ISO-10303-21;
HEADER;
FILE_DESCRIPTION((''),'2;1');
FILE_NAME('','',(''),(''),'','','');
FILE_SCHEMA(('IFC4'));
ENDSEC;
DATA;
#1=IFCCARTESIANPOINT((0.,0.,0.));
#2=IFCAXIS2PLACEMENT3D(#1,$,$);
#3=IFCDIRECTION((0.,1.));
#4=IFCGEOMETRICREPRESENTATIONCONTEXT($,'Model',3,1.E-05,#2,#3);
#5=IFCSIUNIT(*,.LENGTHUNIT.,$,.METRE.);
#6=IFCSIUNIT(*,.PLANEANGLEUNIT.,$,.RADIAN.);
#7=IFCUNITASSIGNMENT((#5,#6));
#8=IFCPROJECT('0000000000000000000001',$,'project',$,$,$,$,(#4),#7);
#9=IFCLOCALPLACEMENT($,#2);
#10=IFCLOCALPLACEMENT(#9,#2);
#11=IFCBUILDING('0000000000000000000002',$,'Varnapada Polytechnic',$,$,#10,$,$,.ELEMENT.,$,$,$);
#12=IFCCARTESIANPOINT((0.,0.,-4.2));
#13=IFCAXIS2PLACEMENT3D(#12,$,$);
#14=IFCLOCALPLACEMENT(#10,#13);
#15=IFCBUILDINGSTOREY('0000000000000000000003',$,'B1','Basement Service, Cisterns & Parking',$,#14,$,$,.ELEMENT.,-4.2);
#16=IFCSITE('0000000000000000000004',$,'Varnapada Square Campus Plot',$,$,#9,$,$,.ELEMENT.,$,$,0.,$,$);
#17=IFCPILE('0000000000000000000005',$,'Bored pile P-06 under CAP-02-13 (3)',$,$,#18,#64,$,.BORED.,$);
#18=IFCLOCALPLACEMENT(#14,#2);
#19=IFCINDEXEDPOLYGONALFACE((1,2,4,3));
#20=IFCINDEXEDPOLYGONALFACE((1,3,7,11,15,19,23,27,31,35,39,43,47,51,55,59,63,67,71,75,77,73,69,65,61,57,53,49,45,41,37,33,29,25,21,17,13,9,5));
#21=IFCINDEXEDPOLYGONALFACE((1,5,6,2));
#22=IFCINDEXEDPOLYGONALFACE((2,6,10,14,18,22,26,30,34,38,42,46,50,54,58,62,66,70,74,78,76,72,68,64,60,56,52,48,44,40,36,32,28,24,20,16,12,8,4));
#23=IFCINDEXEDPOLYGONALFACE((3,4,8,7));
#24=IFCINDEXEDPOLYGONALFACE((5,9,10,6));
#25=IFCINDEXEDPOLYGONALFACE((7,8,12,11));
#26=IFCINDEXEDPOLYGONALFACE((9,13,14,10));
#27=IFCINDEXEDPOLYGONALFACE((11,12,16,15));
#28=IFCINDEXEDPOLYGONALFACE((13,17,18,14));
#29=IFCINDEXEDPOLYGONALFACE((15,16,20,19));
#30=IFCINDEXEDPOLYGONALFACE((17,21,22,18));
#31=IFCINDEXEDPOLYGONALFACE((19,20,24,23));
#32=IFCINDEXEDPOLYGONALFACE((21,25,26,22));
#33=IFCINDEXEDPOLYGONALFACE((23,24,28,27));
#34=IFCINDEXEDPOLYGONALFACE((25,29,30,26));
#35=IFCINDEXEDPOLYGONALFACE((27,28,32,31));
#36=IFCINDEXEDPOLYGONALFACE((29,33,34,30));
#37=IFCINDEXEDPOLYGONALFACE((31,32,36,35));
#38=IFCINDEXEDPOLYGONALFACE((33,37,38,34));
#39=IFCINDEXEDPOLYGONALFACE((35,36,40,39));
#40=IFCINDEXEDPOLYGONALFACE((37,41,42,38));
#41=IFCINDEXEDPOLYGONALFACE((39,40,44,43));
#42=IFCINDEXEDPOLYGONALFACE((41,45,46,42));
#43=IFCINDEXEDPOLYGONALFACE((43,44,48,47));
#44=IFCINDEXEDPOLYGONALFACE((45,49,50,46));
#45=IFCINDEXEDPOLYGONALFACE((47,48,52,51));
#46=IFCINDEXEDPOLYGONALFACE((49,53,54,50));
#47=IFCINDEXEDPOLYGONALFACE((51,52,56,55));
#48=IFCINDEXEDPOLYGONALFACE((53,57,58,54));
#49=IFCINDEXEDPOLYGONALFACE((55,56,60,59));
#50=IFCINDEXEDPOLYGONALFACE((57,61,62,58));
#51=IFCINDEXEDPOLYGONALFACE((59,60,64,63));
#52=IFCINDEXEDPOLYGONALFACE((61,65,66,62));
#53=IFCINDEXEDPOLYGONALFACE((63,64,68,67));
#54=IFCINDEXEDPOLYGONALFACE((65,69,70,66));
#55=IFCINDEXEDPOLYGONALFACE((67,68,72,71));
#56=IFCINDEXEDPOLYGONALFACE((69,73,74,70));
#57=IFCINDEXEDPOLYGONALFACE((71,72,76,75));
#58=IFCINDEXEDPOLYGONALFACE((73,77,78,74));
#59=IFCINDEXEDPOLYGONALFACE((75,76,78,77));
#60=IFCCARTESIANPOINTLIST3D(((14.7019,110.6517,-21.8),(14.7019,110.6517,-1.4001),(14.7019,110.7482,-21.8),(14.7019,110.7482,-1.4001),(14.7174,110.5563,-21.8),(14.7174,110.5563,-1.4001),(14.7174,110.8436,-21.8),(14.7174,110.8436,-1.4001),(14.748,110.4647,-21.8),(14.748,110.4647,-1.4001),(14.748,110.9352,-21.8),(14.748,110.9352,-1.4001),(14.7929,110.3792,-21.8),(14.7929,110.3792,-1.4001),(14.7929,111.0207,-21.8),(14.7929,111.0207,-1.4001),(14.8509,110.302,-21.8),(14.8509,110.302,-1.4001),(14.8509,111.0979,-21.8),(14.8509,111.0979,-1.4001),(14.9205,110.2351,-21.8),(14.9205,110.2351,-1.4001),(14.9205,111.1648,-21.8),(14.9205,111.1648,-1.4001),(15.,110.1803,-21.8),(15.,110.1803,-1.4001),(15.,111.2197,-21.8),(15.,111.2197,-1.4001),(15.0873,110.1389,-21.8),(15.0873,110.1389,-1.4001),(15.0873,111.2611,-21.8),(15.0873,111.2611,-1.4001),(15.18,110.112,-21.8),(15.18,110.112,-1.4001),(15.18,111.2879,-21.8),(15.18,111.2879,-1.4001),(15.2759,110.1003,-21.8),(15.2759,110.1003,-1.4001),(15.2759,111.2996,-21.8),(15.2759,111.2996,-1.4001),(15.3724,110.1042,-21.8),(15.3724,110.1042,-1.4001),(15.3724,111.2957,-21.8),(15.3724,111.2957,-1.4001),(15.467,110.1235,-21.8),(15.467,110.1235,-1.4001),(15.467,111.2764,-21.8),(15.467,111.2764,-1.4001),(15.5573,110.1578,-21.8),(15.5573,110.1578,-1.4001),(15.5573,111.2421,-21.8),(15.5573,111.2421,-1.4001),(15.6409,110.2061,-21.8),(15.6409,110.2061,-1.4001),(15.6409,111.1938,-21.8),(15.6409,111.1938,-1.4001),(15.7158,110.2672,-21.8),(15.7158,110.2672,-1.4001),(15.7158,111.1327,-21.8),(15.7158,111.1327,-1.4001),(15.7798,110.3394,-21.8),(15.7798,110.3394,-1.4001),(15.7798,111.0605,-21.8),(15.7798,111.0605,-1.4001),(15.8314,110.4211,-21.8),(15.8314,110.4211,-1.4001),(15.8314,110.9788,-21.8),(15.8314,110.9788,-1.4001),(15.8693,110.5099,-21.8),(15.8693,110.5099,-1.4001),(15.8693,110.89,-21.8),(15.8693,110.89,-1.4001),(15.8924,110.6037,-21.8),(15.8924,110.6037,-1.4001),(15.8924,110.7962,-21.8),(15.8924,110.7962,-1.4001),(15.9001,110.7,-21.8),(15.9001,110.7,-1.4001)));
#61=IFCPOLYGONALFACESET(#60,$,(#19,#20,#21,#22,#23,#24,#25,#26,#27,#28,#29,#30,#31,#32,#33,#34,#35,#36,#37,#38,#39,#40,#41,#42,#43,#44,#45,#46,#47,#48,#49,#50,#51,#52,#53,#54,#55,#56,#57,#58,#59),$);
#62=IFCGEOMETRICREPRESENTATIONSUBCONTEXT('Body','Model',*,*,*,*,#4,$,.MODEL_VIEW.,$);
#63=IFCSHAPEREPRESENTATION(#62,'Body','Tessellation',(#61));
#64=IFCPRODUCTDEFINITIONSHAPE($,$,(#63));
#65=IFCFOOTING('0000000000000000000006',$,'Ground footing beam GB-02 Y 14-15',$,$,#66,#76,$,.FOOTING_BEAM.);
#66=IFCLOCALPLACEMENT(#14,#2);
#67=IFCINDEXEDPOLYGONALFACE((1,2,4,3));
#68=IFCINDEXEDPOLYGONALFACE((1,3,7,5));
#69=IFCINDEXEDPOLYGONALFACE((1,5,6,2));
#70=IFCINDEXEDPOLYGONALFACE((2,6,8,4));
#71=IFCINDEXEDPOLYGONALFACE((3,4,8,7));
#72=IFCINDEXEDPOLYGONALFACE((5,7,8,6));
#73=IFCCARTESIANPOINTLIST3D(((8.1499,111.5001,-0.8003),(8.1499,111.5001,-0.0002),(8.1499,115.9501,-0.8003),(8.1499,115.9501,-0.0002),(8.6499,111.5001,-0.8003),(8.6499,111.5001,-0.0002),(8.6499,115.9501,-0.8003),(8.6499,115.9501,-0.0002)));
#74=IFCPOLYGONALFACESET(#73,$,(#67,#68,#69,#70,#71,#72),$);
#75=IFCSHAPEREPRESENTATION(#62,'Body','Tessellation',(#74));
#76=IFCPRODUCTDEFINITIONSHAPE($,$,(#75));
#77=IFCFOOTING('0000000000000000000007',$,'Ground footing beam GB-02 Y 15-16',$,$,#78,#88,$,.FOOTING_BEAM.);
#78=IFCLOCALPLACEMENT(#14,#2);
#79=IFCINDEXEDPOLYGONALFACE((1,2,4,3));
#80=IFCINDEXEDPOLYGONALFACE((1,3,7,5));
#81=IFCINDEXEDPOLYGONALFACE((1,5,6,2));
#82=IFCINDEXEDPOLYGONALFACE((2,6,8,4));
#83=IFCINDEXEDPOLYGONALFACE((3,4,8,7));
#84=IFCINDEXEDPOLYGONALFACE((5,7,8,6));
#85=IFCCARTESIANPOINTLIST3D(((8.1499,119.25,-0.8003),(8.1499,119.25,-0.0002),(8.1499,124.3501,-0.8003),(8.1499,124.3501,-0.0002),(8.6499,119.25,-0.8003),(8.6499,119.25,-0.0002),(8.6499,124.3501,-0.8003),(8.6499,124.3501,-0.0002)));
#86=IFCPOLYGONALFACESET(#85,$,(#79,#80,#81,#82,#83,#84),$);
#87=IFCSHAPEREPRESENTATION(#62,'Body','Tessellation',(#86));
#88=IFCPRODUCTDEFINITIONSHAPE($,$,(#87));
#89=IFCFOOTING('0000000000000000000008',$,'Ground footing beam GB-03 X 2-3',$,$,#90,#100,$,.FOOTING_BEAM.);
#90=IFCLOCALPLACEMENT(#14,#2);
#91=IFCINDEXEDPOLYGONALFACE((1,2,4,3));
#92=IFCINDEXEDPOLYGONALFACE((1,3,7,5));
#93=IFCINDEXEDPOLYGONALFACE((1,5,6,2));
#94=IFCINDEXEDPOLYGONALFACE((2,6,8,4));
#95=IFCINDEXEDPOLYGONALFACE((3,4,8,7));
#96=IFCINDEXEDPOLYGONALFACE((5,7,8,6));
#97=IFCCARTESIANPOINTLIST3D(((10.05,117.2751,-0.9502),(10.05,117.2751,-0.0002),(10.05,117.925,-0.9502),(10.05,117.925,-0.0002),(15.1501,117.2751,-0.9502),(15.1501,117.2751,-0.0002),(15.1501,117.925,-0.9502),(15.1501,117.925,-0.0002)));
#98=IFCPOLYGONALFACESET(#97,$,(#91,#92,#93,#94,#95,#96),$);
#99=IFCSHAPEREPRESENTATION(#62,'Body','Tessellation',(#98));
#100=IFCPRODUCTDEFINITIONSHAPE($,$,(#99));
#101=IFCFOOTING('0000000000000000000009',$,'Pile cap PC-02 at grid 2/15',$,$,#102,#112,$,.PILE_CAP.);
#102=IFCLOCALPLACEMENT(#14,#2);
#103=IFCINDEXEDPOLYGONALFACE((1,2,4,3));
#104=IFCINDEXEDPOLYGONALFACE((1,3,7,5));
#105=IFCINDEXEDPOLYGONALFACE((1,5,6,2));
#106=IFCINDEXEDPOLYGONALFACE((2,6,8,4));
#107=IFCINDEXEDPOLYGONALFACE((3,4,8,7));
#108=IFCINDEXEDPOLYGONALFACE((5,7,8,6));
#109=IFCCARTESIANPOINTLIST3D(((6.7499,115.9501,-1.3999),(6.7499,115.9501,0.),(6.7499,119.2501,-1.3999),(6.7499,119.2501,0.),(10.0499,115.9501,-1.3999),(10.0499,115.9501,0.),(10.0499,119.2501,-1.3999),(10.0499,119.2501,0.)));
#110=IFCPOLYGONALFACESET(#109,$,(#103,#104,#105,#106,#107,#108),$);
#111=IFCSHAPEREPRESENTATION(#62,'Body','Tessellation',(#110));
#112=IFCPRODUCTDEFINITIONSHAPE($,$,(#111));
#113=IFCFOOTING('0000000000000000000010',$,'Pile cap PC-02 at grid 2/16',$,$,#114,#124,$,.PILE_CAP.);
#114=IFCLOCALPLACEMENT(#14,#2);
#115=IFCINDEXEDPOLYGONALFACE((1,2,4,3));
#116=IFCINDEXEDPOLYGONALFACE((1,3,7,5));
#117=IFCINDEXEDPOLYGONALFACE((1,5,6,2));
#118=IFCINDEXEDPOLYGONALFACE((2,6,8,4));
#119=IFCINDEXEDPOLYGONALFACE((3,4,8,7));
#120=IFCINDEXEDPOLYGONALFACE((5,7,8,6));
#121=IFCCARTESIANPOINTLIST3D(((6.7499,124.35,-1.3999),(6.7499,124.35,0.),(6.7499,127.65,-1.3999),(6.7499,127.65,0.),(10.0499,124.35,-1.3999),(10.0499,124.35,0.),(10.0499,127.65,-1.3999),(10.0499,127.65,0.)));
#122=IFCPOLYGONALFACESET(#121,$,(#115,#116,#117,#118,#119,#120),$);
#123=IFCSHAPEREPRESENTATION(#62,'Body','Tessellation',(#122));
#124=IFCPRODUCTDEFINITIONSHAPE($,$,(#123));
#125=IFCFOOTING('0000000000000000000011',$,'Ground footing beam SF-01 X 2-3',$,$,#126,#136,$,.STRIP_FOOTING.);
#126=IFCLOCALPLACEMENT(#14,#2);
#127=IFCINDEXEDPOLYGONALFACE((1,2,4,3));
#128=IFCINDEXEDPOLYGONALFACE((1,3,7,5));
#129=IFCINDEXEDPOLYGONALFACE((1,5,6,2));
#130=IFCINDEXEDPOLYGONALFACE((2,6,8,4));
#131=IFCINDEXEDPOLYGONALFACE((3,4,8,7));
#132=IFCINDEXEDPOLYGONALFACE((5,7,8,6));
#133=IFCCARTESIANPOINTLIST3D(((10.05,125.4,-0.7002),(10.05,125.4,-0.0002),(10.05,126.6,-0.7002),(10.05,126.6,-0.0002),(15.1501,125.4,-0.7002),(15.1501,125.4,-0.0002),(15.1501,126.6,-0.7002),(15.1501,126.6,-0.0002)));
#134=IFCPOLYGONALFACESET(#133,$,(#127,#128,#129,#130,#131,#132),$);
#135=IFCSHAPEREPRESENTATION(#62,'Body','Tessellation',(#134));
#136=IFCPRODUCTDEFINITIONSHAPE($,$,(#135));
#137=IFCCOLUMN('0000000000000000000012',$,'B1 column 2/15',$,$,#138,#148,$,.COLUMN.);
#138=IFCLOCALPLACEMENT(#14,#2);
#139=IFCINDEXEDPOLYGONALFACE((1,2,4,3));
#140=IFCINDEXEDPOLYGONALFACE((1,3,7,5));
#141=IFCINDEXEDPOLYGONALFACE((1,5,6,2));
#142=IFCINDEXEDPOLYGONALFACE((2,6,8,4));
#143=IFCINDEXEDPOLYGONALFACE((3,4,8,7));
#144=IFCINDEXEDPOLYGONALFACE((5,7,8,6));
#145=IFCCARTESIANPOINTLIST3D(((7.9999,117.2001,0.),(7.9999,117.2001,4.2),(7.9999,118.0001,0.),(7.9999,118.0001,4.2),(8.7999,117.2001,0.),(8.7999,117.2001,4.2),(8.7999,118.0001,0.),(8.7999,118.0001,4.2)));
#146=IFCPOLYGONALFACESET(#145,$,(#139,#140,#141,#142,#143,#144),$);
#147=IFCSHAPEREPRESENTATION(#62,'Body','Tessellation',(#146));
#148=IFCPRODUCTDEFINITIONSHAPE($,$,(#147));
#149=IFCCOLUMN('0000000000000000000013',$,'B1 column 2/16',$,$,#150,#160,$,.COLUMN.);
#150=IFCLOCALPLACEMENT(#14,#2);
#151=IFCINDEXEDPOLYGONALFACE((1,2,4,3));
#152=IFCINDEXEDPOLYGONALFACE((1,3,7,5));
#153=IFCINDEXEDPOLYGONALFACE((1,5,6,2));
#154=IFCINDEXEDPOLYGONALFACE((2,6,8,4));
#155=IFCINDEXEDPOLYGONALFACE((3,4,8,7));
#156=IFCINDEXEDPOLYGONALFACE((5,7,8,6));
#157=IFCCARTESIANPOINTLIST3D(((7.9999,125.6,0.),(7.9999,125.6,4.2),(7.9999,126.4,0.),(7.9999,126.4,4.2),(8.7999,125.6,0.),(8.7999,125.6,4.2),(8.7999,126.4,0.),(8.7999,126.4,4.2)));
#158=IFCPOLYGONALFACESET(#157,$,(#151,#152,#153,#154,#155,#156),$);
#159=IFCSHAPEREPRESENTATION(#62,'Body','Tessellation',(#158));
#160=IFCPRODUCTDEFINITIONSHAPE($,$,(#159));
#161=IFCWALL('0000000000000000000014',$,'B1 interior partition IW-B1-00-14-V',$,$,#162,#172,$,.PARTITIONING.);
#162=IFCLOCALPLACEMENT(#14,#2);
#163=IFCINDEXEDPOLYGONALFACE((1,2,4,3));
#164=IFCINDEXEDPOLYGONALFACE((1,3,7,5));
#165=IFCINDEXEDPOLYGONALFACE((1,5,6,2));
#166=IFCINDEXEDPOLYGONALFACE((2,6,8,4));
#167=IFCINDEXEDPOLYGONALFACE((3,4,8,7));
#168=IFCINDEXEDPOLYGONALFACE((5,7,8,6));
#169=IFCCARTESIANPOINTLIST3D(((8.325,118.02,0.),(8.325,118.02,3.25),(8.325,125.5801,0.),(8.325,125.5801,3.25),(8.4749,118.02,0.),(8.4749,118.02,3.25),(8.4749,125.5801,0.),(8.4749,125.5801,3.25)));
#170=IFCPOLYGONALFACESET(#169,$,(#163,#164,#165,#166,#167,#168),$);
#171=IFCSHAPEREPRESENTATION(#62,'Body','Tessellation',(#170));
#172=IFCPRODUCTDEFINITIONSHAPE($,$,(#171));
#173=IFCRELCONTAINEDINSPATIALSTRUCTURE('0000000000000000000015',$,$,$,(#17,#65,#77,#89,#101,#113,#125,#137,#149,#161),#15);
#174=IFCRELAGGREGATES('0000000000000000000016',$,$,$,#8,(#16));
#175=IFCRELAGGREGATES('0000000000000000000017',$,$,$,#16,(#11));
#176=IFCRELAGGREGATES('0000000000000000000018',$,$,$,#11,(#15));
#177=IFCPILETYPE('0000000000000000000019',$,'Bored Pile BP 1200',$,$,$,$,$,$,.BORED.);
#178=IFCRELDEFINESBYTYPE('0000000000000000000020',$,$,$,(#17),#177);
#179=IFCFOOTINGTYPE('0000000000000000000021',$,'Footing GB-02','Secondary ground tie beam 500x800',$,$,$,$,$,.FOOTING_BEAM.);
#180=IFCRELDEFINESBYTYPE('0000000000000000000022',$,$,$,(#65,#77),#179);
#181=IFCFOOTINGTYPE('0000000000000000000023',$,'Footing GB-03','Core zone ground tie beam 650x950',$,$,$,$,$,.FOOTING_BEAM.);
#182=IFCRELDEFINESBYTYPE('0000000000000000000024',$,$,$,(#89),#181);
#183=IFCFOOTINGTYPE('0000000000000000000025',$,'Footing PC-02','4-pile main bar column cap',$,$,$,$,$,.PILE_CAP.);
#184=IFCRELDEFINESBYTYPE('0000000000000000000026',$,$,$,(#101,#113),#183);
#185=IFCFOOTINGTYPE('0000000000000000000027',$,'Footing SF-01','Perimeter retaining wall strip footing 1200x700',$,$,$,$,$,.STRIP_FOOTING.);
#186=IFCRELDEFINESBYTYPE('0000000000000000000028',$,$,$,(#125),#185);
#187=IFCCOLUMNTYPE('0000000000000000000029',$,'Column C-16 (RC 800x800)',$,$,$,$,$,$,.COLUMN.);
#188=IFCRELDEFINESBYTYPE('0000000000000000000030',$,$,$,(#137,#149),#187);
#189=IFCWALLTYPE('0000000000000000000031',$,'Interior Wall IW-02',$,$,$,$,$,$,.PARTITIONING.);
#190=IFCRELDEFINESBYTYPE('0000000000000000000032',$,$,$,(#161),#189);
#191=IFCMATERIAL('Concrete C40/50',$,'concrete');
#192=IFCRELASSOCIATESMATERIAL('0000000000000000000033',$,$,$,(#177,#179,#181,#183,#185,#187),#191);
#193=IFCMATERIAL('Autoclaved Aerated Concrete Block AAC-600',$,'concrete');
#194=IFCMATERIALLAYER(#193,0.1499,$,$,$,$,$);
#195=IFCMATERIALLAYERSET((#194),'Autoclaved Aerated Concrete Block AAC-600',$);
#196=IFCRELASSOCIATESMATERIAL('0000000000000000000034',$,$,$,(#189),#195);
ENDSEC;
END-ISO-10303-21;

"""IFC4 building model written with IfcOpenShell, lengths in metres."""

from ifc_helpers import new_model, si_unit, direction, frame, frame_2d, origin, origin_2d, place, context, subcontext, project, spatial, rectangle, circle, extrude, material, layer, layer_set, material_profile, profile_set, type_object, element, save


model = new_model("IFC4")

# Units and contexts
model_context = context("Model", 3, precision=1e-05, world=origin(), true_north=direction((0.0, 1.0)))
body_context = subcontext(model_context, "Body", "Model", "MODEL_VIEW")
ifc_project = project(units=[si_unit("LENGTHUNIT", "METRE"), si_unit("PLANEANGLEUNIT", "RADIAN")], contexts=[model_context])

# Site, building, storey
site_placement = place(None, origin())
site = spatial("IfcSite", under=ifc_project, at=site_placement, Name="Varnapada Square Campus Plot", CompositionType="ELEMENT", RefElevation=0.0)
building_placement = place(site_placement, origin())
building = spatial("IfcBuilding", under=site, at=building_placement, Name="Varnapada Polytechnic", CompositionType="ELEMENT")
storey_placement = place(building_placement, frame((0.0, 0.0, -4.2)))
storey = spatial("IfcBuildingStorey", under=building, at=storey_placement, Name="B1", Description="Basement Service, Cisterns & Parking", CompositionType="ELEMENT", Elevation=-4.2)

# Pile
ifc_material_1 = material(Name="Concrete C40/50", Category="concrete")
ifc_material_profile_1 = material_profile(ifc_material_1, circle(Radius=0.6001, at=origin_2d()), Name="BP 1200")
ifc_profile_set_1 = profile_set([ifc_material_profile_1], Name="Concrete C40/50")
pile_type_1 = type_object("IfcPileType", Name="Bored Pile BP 1200", PredefinedType="BORED", material=ifc_profile_set_1)
for number, where, z_axis, x_axis, name in (
    (1, (15.3, 110.7, -1.4001), (0.0, 0.0, -1.0), (1.0, 0.0, 0.0), "Bored pile P-06 under CAP-02-13 (3)"),
):
    element("IfcPile", number, at=place(storey_placement, frame(where, z_axis=z_axis, x_axis=x_axis)), inside=storey, type_object=pile_type_1, Name=name, PredefinedType="BORED", context=body_context, shape_type="SweptSolid", body=[
        extrude(circle(Radius=0.6001, at=origin_2d()), origin(), (0.0, 0.0, 1.0), 20.3999),
    ])

# Footings
footing_type_1 = type_object("IfcFootingType", Name="Footing GB-02", Description="Secondary ground tie beam 500x800", PredefinedType="FOOTING_BEAM", material=ifc_material_1)
footing_1_placement = place(storey_placement, frame((8.3999, 113.7251, -0.8003), z_axis=(0.0, 0.0, 1.0), x_axis=(0.0, 1.0, 0.0)))
element("IfcFooting", 2, at=footing_1_placement, inside=storey, type_object=footing_type_1, Name="Ground footing beam GB-02 Y 14-15", PredefinedType="FOOTING_BEAM", context=body_context, shape_type="SweptSolid", body=[
    extrude(rectangle(XDim=4.45, YDim=0.5, at=origin_2d()), origin(), (0.0, 0.0, 1.0), 0.8),
])
footing_2_placement = place(storey_placement, frame((8.3999, 121.8, -0.8003), z_axis=(0.0, 0.0, 1.0), x_axis=(0.0, 1.0, 0.0)))
element("IfcFooting", 3, at=footing_2_placement, inside=storey, type_object=footing_type_1, Name="Ground footing beam GB-02 Y 15-16", PredefinedType="FOOTING_BEAM", context=body_context, shape_type="SweptSolid", body=[
    extrude(rectangle(XDim=5.1001, YDim=0.5, at=origin_2d()), origin(), (0.0, 0.0, 1.0), 0.8),
])
footing_type_2 = type_object("IfcFootingType", Name="Footing GB-03", Description="Core zone ground tie beam 650x950", PredefinedType="FOOTING_BEAM", material=ifc_material_1)
footing_3_placement = place(storey_placement, frame((12.6001, 117.6001, -0.9502), z_axis=(0.0, 0.0, 1.0), x_axis=(1.0, 0.0, 0.0)))
element("IfcFooting", 4, at=footing_3_placement, inside=storey, type_object=footing_type_2, Name="Ground footing beam GB-03 X 2-3", PredefinedType="FOOTING_BEAM", context=body_context, shape_type="SweptSolid", body=[
    extrude(rectangle(XDim=5.1001, YDim=0.6499, at=origin_2d()), origin(), (0.0, 0.0, 1.0), 0.95),
])
footing_type_3 = type_object("IfcFootingType", Name="Footing PC-02", Description="4-pile main bar column cap", PredefinedType="PILE_CAP", material=ifc_material_1)
for number, where, z_axis, x_axis, name in (
    (5, (8.3999, 117.6001, -1.3999), (0.0, 0.0, 1.0), (1.0, 0.0, 0.0), "Pile cap PC-02 at grid 2/15"),
    (6, (8.3999, 126.0, -1.3999), (0.0, 0.0, 1.0), (1.0, 0.0, 0.0), "Pile cap PC-02 at grid 2/16"),
):
    element("IfcFooting", number, at=place(storey_placement, frame(where, z_axis=z_axis, x_axis=x_axis)), inside=storey, type_object=footing_type_3, Name=name, PredefinedType="PILE_CAP", context=body_context, shape_type="SweptSolid", body=[
        extrude(rectangle(XDim=3.3, YDim=3.3, at=origin_2d()), origin(), (0.0, 0.0, 1.0), 1.3999),
    ])
footing_type_4 = type_object("IfcFootingType", Name="Footing SF-01", Description="Perimeter retaining wall strip footing 1200x700", PredefinedType="STRIP_FOOTING", material=ifc_material_1)
footing_4_placement = place(storey_placement, frame((12.6001, 126.0, -0.7002), z_axis=(0.0, 0.0, 1.0), x_axis=(1.0, 0.0, 0.0)))
element("IfcFooting", 7, at=footing_4_placement, inside=storey, type_object=footing_type_4, Name="Ground footing beam SF-01 X 2-3", PredefinedType="STRIP_FOOTING", context=body_context, shape_type="SweptSolid", body=[
    extrude(rectangle(XDim=5.1001, YDim=1.2, at=origin_2d()), origin(), (0.0, 0.0, 1.0), 0.7),
])

# Columns
ifc_material_profile_2 = material_profile(ifc_material_1, rectangle(XDim=0.8, YDim=0.8, at=origin_2d()), Name="RC 800x800")
ifc_profile_set_2 = profile_set([ifc_material_profile_2], Name="Concrete C40/50")
column_type = type_object("IfcColumnType", Name="Column C-16 (RC 800x800)", PredefinedType="COLUMN", material=ifc_profile_set_2)
for number, where, z_axis, x_axis, name in (
    (8, (8.3999, 117.6001, 0.0), (0.0, 0.0, 1.0), (1.0, 0.0, 0.0), "B1 column 2/15"),
    (9, (8.3999, 126.0, 0.0), (0.0, 0.0, 1.0), (1.0, 0.0, 0.0), "B1 column 2/16"),
):
    element("IfcColumn", number, at=place(storey_placement, frame(where, z_axis=z_axis, x_axis=x_axis)), inside=storey, type_object=column_type, Name=name, PredefinedType="COLUMN", context=body_context, shape_type="SweptSolid", body=[
        extrude(rectangle(XDim=0.8, YDim=0.8, at=origin_2d()), origin(), (0.0, 0.0, 1.0), 4.2),
    ])

# Wall
ifc_material_2 = material(Name="Autoclaved Aerated Concrete Block AAC-600", Category="concrete")
ifc_layer_1 = layer(ifc_material_2, 0.1499)
ifc_layer_set_1 = layer_set([ifc_layer_1], Name="Autoclaved Aerated Concrete Block AAC-600")
wall_type_1 = type_object("IfcWallType", Name="Interior Wall IW-02", PredefinedType="PARTITIONING", material=ifc_layer_set_1)
wall_1_placement = place(storey_placement, frame((8.3999, 118.02, 0.0), z_axis=(0.0, 0.0, 1.0), x_axis=(0.0, 1.0, 0.0)))
element("IfcWall", 10, at=wall_1_placement, inside=storey, type_object=wall_type_1, Name="B1 interior partition IW-B1-00-14-V", PredefinedType="PARTITIONING", context=body_context, shape_type="SweptSolid", body=[
    extrude(rectangle(XDim=7.5601, YDim=0.1499, at=frame_2d((3.78, 0.0))), origin(), (0.0, 0.0, 1.0), 3.25),
])

save(model, "model.ifc")
